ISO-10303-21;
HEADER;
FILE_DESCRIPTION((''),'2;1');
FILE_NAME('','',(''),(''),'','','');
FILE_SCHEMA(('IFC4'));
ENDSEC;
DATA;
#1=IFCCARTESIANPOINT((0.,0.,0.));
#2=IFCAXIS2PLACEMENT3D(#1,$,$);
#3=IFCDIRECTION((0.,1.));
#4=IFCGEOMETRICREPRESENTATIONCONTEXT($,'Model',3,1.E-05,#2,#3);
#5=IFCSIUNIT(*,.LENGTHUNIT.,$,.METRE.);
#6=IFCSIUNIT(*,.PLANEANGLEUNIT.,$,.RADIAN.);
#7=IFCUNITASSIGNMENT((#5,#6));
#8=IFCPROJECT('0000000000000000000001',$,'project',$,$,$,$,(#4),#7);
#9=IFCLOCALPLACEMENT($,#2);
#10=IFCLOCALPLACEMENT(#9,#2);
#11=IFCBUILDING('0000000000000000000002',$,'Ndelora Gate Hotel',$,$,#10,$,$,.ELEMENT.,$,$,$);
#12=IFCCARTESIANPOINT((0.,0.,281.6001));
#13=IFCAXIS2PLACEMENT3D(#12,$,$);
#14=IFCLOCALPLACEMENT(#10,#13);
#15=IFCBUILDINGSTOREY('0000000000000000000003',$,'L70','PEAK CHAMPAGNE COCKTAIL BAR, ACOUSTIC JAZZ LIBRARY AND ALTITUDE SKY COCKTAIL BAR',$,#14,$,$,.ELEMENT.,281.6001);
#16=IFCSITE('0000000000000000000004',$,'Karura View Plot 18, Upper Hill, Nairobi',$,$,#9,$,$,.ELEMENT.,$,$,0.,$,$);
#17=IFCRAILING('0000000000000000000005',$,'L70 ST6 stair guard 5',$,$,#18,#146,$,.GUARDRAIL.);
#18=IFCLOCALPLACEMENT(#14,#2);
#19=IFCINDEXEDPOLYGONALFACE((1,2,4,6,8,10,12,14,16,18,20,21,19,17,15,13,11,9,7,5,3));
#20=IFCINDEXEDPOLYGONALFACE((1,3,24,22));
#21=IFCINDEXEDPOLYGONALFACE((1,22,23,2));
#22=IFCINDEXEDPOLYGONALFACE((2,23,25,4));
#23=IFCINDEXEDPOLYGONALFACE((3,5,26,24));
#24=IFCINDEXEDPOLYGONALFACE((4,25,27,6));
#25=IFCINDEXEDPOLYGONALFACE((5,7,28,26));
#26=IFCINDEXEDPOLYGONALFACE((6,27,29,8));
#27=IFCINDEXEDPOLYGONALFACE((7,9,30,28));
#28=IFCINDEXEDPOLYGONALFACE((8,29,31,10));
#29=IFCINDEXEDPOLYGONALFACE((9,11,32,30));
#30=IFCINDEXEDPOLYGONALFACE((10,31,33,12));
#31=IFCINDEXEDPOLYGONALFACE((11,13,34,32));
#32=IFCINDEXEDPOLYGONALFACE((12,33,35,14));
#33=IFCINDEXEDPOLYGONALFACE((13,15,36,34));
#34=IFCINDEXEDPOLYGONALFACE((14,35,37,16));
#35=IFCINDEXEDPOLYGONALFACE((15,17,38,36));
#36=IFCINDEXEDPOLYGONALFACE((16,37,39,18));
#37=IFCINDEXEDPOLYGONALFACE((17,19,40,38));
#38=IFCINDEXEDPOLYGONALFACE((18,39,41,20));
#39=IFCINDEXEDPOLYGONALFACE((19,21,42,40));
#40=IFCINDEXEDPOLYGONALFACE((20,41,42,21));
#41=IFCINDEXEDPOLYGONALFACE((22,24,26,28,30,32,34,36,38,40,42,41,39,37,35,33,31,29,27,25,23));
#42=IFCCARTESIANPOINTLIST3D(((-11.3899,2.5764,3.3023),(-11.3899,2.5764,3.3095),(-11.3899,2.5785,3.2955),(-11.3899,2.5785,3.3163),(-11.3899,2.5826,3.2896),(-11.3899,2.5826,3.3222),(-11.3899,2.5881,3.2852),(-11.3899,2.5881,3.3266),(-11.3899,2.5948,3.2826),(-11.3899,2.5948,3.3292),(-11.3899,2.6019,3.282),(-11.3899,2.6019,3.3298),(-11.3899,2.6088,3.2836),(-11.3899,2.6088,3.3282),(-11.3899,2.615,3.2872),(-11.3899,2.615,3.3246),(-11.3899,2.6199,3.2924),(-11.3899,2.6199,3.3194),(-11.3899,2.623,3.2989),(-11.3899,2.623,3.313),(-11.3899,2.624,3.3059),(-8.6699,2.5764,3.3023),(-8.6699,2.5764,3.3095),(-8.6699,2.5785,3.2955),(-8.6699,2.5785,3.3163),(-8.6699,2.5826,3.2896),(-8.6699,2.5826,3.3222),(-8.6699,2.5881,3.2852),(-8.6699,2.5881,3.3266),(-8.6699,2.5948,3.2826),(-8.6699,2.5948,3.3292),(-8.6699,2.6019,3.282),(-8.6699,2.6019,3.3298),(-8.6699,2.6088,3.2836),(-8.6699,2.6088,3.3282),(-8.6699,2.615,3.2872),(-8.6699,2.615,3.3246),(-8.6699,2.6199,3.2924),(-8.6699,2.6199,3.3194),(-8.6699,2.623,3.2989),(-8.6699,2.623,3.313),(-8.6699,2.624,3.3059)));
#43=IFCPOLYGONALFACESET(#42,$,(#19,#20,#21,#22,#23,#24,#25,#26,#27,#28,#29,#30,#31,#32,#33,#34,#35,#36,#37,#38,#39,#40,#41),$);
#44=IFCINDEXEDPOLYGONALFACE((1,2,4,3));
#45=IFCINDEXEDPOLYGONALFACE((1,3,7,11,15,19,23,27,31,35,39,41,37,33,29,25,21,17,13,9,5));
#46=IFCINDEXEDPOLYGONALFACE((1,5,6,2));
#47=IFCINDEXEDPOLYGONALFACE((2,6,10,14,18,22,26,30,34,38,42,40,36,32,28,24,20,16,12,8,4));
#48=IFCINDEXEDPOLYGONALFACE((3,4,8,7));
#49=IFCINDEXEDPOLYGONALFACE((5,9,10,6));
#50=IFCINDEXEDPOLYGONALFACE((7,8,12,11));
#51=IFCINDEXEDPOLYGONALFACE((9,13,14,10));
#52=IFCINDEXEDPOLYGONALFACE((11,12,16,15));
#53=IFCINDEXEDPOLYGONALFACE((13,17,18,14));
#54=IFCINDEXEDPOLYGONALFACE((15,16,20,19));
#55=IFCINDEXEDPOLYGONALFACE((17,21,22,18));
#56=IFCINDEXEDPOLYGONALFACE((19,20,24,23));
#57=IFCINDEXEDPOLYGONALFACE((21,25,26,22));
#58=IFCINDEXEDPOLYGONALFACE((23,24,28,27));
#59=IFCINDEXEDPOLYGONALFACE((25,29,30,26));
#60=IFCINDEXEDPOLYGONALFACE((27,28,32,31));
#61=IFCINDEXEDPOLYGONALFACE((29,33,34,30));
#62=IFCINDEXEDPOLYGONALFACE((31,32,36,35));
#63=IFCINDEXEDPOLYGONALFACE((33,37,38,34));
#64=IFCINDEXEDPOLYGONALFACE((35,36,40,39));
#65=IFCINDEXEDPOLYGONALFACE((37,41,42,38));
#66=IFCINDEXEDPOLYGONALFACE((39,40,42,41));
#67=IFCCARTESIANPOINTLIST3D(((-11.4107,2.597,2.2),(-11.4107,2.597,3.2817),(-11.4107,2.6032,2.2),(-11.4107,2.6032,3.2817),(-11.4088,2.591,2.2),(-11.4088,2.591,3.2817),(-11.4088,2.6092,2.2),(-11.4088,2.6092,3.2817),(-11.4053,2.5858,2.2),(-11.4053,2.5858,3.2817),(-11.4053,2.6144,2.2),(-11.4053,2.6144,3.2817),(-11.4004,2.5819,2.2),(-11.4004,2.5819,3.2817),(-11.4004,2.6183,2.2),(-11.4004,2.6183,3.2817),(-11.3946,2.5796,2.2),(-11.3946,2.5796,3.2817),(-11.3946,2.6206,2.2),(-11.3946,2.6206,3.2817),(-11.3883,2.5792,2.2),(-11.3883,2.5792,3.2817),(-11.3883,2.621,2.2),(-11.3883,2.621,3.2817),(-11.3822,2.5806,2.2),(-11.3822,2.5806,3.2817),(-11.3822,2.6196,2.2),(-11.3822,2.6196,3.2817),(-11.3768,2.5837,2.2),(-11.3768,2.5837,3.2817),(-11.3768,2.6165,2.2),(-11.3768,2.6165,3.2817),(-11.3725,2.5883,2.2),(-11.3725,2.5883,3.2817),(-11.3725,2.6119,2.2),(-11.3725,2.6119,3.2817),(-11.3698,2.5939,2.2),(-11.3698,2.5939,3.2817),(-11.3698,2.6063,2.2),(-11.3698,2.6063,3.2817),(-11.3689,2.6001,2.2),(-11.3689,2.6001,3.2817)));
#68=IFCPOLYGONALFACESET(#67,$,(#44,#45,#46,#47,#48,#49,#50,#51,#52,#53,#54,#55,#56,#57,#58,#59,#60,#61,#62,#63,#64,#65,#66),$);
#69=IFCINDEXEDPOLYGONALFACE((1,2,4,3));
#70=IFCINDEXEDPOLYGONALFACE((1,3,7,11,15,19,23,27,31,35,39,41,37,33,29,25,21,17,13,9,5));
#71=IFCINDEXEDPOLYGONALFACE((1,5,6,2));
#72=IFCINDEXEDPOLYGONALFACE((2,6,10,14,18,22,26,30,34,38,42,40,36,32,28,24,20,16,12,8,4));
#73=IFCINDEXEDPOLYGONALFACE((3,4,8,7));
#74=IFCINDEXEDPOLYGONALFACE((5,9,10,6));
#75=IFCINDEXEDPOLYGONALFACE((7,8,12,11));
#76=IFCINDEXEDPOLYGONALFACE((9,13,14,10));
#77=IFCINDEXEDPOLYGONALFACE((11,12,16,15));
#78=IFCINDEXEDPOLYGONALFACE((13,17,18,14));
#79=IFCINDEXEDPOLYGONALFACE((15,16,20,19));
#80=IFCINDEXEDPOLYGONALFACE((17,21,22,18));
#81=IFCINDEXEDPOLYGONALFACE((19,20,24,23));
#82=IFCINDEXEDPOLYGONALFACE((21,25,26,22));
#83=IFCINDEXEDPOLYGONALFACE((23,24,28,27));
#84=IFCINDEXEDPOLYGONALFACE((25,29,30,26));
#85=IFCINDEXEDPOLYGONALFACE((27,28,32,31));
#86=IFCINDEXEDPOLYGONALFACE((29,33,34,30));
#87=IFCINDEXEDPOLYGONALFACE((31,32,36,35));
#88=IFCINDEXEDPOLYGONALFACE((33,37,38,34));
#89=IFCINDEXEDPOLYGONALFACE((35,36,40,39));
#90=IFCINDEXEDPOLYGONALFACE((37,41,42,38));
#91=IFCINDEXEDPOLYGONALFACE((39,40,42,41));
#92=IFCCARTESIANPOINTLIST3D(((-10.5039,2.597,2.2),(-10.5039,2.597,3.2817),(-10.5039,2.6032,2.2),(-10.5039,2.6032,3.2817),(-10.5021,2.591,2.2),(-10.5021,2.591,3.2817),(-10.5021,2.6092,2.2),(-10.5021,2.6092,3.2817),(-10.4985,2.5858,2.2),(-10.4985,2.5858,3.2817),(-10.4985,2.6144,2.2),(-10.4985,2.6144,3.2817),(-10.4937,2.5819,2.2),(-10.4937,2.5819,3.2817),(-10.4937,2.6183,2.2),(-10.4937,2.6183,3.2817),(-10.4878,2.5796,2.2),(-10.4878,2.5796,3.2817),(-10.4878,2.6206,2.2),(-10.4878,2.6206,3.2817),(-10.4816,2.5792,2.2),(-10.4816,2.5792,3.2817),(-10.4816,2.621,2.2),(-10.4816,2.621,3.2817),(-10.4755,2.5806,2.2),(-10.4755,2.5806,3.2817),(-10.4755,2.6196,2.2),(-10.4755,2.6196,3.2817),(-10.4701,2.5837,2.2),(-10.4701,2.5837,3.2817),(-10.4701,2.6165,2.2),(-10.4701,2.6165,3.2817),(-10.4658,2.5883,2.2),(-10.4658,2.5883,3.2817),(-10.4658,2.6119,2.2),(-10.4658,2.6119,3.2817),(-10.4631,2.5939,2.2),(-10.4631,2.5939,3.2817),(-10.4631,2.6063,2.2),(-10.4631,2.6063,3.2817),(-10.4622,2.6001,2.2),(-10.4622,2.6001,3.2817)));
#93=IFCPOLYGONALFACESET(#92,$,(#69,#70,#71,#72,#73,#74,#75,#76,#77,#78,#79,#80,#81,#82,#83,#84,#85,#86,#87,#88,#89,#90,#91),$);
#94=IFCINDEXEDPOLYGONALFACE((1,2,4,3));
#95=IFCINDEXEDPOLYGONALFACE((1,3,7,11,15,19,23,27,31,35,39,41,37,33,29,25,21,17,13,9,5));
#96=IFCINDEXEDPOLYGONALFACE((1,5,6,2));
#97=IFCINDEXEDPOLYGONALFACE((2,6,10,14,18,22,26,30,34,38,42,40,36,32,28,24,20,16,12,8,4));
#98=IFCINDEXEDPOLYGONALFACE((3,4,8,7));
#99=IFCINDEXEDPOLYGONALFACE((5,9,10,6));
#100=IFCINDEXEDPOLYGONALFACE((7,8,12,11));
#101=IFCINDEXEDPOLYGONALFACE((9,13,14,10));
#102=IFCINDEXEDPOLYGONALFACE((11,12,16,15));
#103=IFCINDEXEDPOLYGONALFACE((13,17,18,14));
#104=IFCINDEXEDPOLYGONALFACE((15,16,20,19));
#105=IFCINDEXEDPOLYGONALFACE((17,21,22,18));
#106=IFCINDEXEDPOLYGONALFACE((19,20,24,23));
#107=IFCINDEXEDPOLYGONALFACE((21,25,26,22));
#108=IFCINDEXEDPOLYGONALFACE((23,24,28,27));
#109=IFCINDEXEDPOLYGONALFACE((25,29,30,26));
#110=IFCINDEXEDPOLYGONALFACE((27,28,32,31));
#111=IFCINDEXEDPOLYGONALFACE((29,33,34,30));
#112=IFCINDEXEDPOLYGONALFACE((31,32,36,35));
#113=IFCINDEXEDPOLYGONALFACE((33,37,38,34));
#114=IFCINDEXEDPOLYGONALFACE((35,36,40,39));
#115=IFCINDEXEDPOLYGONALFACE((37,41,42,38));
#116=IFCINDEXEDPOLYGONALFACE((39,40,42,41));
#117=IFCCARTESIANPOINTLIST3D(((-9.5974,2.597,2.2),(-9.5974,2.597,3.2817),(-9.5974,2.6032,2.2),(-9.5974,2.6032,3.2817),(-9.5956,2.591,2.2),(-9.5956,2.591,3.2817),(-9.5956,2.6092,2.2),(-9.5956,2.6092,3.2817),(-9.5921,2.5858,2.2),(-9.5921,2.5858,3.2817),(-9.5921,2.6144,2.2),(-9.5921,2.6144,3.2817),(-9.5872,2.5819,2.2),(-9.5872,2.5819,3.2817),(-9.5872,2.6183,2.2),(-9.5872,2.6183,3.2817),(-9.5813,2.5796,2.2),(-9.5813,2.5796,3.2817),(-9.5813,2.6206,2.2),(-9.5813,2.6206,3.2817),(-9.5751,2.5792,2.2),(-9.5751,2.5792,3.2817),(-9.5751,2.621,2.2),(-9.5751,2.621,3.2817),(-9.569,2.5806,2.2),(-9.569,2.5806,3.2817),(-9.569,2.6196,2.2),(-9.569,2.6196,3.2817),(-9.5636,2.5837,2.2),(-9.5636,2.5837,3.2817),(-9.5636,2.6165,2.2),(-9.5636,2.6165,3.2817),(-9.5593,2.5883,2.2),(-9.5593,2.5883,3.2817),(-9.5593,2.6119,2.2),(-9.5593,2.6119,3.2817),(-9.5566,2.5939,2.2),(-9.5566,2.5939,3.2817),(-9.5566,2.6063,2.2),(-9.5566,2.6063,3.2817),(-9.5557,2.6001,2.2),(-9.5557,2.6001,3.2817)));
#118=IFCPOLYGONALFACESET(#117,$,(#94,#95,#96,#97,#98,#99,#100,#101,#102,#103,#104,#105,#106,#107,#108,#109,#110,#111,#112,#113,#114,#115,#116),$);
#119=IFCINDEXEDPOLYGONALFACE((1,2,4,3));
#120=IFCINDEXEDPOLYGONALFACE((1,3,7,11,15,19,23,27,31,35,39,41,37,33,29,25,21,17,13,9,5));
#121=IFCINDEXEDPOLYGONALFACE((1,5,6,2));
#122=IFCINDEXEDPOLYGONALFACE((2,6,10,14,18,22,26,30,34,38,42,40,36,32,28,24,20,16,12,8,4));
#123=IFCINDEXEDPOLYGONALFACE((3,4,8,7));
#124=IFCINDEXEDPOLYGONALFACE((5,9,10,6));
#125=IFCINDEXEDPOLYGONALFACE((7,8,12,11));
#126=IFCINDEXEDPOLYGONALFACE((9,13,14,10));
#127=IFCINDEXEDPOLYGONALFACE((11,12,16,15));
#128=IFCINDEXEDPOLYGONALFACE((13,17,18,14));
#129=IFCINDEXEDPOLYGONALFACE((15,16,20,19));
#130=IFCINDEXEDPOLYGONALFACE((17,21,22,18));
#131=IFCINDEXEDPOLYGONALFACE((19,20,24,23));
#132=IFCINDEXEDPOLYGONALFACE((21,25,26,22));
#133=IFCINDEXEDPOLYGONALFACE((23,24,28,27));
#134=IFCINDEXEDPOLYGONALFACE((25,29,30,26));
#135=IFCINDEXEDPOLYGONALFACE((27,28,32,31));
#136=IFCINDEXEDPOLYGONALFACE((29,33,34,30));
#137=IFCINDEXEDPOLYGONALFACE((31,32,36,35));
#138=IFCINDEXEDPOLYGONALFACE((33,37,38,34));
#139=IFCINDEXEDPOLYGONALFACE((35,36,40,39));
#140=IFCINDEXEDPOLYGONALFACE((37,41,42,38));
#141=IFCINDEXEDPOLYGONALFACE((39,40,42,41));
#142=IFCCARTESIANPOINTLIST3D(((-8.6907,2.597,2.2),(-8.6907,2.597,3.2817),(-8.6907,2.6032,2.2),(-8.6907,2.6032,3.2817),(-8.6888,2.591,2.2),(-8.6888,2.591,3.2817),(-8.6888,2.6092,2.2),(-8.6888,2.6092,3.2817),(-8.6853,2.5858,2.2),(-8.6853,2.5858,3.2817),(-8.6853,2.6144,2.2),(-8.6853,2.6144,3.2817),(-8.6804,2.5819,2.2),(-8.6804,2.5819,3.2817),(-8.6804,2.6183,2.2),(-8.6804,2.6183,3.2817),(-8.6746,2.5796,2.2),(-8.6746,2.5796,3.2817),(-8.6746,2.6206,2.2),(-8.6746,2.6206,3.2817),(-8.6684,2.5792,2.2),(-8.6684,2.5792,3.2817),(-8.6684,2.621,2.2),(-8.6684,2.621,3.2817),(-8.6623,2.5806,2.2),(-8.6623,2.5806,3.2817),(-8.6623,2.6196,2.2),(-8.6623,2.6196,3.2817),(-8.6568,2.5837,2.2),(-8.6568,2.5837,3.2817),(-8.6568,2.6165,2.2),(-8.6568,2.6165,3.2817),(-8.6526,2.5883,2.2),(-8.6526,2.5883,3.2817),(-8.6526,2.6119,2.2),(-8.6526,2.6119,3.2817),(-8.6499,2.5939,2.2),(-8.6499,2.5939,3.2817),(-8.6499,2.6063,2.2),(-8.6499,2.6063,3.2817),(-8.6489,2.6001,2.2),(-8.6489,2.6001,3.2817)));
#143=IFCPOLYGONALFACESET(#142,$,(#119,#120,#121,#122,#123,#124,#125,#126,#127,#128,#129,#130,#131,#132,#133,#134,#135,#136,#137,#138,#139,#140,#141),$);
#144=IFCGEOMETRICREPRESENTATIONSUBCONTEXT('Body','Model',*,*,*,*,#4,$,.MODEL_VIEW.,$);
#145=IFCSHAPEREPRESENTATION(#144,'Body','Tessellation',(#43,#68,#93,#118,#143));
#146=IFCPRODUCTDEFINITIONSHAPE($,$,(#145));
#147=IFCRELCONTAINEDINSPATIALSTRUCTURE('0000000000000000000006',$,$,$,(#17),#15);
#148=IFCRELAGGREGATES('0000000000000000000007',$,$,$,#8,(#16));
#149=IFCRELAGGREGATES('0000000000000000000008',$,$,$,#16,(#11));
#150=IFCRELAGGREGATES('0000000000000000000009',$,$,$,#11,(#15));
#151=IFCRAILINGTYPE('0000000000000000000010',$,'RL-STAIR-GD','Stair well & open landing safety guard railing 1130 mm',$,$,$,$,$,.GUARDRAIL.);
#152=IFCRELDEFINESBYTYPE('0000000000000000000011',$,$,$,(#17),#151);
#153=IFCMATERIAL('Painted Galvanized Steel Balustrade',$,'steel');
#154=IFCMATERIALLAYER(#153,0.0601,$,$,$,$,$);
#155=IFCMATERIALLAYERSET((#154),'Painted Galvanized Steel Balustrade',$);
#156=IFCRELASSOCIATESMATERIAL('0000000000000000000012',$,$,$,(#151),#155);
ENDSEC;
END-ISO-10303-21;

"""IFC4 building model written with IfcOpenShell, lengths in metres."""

from ifc_helpers import new_model, si_unit, direction, frame, origin, origin_2d, place, context, subcontext, project, spatial, circle, extrude, material, layer, layer_set, type_object, element, save


model = new_model("IFC4")

# Units and contexts
model_context = context("Model", 3, precision=1e-05, world=origin(), true_north=direction((0.0, 1.0)))
body_context = subcontext(model_context, "Body", "Model", "MODEL_VIEW")
ifc_project = project(units=[si_unit("LENGTHUNIT", "METRE"), si_unit("PLANEANGLEUNIT", "RADIAN")], contexts=[model_context])

# Site, building, storey
site_placement = place(None, origin())
site = spatial("IfcSite", under=ifc_project, at=site_placement, Name="Karura View Plot 18, Upper Hill, Nairobi", CompositionType="ELEMENT", RefElevation=0.0)
building_placement = place(site_placement, origin())
building = spatial("IfcBuilding", under=site, at=building_placement, Name="Ndelora Gate Hotel", CompositionType="ELEMENT")
storey_placement = place(building_placement, frame((0.0, 0.0, 281.6001)))
storey = spatial("IfcBuildingStorey", under=building, at=storey_placement, Name="L70", Description="PEAK CHAMPAGNE COCKTAIL BAR, ACOUSTIC JAZZ LIBRARY AND ALTITUDE SKY COCKTAIL BAR", CompositionType="ELEMENT", Elevation=281.6001)

# Railing
ifc_material_1 = material(Name="Painted Galvanized Steel Balustrade", Category="steel")
ifc_layer_1 = layer(ifc_material_1, 0.0601)
ifc_layer_set_1 = layer_set([ifc_layer_1], Name="Painted Galvanized Steel Balustrade")
railing_type = type_object("IfcRailingType", Name="RL-STAIR-GD", Description="Stair well & open landing safety guard railing 1130 mm", PredefinedType="GUARDRAIL", material=ifc_layer_set_1)
railing_1_placement = place(storey_placement, frame((-11.3899, 2.6001, 2.2)))
element("IfcRailing", 1, at=railing_1_placement, inside=storey, type_object=railing_type, Name="L70 ST6 stair guard 5", PredefinedType="GUARDRAIL", context=body_context, shape_type="SweptSolid", body=[
    extrude(circle(Radius=0.0239, at=origin_2d()), frame((0.0, 0.0, 1.106), z_axis=(1.0, 0.0, 0.0), x_axis=(0.0, 1.0, 0.0)), (0.0, 0.0, 1.0), 2.72),
    extrude(circle(Radius=0.021, at=origin_2d()), origin(), (0.0, 0.0, 1.0), 1.0818),
    extrude(circle(Radius=0.021, at=origin_2d()), frame((0.9067, 0.0, 0.0)), (0.0, 0.0, 1.0), 1.0818),
    extrude(circle(Radius=0.021, at=origin_2d()), frame((1.8132, 0.0, 0.0)), (0.0, 0.0, 1.0), 1.0818),
    extrude(circle(Radius=0.021, at=origin_2d()), frame((2.72, 0.0, 0.0)), (0.0, 0.0, 1.0), 1.0818),
])

save(model, "model.ifc")
